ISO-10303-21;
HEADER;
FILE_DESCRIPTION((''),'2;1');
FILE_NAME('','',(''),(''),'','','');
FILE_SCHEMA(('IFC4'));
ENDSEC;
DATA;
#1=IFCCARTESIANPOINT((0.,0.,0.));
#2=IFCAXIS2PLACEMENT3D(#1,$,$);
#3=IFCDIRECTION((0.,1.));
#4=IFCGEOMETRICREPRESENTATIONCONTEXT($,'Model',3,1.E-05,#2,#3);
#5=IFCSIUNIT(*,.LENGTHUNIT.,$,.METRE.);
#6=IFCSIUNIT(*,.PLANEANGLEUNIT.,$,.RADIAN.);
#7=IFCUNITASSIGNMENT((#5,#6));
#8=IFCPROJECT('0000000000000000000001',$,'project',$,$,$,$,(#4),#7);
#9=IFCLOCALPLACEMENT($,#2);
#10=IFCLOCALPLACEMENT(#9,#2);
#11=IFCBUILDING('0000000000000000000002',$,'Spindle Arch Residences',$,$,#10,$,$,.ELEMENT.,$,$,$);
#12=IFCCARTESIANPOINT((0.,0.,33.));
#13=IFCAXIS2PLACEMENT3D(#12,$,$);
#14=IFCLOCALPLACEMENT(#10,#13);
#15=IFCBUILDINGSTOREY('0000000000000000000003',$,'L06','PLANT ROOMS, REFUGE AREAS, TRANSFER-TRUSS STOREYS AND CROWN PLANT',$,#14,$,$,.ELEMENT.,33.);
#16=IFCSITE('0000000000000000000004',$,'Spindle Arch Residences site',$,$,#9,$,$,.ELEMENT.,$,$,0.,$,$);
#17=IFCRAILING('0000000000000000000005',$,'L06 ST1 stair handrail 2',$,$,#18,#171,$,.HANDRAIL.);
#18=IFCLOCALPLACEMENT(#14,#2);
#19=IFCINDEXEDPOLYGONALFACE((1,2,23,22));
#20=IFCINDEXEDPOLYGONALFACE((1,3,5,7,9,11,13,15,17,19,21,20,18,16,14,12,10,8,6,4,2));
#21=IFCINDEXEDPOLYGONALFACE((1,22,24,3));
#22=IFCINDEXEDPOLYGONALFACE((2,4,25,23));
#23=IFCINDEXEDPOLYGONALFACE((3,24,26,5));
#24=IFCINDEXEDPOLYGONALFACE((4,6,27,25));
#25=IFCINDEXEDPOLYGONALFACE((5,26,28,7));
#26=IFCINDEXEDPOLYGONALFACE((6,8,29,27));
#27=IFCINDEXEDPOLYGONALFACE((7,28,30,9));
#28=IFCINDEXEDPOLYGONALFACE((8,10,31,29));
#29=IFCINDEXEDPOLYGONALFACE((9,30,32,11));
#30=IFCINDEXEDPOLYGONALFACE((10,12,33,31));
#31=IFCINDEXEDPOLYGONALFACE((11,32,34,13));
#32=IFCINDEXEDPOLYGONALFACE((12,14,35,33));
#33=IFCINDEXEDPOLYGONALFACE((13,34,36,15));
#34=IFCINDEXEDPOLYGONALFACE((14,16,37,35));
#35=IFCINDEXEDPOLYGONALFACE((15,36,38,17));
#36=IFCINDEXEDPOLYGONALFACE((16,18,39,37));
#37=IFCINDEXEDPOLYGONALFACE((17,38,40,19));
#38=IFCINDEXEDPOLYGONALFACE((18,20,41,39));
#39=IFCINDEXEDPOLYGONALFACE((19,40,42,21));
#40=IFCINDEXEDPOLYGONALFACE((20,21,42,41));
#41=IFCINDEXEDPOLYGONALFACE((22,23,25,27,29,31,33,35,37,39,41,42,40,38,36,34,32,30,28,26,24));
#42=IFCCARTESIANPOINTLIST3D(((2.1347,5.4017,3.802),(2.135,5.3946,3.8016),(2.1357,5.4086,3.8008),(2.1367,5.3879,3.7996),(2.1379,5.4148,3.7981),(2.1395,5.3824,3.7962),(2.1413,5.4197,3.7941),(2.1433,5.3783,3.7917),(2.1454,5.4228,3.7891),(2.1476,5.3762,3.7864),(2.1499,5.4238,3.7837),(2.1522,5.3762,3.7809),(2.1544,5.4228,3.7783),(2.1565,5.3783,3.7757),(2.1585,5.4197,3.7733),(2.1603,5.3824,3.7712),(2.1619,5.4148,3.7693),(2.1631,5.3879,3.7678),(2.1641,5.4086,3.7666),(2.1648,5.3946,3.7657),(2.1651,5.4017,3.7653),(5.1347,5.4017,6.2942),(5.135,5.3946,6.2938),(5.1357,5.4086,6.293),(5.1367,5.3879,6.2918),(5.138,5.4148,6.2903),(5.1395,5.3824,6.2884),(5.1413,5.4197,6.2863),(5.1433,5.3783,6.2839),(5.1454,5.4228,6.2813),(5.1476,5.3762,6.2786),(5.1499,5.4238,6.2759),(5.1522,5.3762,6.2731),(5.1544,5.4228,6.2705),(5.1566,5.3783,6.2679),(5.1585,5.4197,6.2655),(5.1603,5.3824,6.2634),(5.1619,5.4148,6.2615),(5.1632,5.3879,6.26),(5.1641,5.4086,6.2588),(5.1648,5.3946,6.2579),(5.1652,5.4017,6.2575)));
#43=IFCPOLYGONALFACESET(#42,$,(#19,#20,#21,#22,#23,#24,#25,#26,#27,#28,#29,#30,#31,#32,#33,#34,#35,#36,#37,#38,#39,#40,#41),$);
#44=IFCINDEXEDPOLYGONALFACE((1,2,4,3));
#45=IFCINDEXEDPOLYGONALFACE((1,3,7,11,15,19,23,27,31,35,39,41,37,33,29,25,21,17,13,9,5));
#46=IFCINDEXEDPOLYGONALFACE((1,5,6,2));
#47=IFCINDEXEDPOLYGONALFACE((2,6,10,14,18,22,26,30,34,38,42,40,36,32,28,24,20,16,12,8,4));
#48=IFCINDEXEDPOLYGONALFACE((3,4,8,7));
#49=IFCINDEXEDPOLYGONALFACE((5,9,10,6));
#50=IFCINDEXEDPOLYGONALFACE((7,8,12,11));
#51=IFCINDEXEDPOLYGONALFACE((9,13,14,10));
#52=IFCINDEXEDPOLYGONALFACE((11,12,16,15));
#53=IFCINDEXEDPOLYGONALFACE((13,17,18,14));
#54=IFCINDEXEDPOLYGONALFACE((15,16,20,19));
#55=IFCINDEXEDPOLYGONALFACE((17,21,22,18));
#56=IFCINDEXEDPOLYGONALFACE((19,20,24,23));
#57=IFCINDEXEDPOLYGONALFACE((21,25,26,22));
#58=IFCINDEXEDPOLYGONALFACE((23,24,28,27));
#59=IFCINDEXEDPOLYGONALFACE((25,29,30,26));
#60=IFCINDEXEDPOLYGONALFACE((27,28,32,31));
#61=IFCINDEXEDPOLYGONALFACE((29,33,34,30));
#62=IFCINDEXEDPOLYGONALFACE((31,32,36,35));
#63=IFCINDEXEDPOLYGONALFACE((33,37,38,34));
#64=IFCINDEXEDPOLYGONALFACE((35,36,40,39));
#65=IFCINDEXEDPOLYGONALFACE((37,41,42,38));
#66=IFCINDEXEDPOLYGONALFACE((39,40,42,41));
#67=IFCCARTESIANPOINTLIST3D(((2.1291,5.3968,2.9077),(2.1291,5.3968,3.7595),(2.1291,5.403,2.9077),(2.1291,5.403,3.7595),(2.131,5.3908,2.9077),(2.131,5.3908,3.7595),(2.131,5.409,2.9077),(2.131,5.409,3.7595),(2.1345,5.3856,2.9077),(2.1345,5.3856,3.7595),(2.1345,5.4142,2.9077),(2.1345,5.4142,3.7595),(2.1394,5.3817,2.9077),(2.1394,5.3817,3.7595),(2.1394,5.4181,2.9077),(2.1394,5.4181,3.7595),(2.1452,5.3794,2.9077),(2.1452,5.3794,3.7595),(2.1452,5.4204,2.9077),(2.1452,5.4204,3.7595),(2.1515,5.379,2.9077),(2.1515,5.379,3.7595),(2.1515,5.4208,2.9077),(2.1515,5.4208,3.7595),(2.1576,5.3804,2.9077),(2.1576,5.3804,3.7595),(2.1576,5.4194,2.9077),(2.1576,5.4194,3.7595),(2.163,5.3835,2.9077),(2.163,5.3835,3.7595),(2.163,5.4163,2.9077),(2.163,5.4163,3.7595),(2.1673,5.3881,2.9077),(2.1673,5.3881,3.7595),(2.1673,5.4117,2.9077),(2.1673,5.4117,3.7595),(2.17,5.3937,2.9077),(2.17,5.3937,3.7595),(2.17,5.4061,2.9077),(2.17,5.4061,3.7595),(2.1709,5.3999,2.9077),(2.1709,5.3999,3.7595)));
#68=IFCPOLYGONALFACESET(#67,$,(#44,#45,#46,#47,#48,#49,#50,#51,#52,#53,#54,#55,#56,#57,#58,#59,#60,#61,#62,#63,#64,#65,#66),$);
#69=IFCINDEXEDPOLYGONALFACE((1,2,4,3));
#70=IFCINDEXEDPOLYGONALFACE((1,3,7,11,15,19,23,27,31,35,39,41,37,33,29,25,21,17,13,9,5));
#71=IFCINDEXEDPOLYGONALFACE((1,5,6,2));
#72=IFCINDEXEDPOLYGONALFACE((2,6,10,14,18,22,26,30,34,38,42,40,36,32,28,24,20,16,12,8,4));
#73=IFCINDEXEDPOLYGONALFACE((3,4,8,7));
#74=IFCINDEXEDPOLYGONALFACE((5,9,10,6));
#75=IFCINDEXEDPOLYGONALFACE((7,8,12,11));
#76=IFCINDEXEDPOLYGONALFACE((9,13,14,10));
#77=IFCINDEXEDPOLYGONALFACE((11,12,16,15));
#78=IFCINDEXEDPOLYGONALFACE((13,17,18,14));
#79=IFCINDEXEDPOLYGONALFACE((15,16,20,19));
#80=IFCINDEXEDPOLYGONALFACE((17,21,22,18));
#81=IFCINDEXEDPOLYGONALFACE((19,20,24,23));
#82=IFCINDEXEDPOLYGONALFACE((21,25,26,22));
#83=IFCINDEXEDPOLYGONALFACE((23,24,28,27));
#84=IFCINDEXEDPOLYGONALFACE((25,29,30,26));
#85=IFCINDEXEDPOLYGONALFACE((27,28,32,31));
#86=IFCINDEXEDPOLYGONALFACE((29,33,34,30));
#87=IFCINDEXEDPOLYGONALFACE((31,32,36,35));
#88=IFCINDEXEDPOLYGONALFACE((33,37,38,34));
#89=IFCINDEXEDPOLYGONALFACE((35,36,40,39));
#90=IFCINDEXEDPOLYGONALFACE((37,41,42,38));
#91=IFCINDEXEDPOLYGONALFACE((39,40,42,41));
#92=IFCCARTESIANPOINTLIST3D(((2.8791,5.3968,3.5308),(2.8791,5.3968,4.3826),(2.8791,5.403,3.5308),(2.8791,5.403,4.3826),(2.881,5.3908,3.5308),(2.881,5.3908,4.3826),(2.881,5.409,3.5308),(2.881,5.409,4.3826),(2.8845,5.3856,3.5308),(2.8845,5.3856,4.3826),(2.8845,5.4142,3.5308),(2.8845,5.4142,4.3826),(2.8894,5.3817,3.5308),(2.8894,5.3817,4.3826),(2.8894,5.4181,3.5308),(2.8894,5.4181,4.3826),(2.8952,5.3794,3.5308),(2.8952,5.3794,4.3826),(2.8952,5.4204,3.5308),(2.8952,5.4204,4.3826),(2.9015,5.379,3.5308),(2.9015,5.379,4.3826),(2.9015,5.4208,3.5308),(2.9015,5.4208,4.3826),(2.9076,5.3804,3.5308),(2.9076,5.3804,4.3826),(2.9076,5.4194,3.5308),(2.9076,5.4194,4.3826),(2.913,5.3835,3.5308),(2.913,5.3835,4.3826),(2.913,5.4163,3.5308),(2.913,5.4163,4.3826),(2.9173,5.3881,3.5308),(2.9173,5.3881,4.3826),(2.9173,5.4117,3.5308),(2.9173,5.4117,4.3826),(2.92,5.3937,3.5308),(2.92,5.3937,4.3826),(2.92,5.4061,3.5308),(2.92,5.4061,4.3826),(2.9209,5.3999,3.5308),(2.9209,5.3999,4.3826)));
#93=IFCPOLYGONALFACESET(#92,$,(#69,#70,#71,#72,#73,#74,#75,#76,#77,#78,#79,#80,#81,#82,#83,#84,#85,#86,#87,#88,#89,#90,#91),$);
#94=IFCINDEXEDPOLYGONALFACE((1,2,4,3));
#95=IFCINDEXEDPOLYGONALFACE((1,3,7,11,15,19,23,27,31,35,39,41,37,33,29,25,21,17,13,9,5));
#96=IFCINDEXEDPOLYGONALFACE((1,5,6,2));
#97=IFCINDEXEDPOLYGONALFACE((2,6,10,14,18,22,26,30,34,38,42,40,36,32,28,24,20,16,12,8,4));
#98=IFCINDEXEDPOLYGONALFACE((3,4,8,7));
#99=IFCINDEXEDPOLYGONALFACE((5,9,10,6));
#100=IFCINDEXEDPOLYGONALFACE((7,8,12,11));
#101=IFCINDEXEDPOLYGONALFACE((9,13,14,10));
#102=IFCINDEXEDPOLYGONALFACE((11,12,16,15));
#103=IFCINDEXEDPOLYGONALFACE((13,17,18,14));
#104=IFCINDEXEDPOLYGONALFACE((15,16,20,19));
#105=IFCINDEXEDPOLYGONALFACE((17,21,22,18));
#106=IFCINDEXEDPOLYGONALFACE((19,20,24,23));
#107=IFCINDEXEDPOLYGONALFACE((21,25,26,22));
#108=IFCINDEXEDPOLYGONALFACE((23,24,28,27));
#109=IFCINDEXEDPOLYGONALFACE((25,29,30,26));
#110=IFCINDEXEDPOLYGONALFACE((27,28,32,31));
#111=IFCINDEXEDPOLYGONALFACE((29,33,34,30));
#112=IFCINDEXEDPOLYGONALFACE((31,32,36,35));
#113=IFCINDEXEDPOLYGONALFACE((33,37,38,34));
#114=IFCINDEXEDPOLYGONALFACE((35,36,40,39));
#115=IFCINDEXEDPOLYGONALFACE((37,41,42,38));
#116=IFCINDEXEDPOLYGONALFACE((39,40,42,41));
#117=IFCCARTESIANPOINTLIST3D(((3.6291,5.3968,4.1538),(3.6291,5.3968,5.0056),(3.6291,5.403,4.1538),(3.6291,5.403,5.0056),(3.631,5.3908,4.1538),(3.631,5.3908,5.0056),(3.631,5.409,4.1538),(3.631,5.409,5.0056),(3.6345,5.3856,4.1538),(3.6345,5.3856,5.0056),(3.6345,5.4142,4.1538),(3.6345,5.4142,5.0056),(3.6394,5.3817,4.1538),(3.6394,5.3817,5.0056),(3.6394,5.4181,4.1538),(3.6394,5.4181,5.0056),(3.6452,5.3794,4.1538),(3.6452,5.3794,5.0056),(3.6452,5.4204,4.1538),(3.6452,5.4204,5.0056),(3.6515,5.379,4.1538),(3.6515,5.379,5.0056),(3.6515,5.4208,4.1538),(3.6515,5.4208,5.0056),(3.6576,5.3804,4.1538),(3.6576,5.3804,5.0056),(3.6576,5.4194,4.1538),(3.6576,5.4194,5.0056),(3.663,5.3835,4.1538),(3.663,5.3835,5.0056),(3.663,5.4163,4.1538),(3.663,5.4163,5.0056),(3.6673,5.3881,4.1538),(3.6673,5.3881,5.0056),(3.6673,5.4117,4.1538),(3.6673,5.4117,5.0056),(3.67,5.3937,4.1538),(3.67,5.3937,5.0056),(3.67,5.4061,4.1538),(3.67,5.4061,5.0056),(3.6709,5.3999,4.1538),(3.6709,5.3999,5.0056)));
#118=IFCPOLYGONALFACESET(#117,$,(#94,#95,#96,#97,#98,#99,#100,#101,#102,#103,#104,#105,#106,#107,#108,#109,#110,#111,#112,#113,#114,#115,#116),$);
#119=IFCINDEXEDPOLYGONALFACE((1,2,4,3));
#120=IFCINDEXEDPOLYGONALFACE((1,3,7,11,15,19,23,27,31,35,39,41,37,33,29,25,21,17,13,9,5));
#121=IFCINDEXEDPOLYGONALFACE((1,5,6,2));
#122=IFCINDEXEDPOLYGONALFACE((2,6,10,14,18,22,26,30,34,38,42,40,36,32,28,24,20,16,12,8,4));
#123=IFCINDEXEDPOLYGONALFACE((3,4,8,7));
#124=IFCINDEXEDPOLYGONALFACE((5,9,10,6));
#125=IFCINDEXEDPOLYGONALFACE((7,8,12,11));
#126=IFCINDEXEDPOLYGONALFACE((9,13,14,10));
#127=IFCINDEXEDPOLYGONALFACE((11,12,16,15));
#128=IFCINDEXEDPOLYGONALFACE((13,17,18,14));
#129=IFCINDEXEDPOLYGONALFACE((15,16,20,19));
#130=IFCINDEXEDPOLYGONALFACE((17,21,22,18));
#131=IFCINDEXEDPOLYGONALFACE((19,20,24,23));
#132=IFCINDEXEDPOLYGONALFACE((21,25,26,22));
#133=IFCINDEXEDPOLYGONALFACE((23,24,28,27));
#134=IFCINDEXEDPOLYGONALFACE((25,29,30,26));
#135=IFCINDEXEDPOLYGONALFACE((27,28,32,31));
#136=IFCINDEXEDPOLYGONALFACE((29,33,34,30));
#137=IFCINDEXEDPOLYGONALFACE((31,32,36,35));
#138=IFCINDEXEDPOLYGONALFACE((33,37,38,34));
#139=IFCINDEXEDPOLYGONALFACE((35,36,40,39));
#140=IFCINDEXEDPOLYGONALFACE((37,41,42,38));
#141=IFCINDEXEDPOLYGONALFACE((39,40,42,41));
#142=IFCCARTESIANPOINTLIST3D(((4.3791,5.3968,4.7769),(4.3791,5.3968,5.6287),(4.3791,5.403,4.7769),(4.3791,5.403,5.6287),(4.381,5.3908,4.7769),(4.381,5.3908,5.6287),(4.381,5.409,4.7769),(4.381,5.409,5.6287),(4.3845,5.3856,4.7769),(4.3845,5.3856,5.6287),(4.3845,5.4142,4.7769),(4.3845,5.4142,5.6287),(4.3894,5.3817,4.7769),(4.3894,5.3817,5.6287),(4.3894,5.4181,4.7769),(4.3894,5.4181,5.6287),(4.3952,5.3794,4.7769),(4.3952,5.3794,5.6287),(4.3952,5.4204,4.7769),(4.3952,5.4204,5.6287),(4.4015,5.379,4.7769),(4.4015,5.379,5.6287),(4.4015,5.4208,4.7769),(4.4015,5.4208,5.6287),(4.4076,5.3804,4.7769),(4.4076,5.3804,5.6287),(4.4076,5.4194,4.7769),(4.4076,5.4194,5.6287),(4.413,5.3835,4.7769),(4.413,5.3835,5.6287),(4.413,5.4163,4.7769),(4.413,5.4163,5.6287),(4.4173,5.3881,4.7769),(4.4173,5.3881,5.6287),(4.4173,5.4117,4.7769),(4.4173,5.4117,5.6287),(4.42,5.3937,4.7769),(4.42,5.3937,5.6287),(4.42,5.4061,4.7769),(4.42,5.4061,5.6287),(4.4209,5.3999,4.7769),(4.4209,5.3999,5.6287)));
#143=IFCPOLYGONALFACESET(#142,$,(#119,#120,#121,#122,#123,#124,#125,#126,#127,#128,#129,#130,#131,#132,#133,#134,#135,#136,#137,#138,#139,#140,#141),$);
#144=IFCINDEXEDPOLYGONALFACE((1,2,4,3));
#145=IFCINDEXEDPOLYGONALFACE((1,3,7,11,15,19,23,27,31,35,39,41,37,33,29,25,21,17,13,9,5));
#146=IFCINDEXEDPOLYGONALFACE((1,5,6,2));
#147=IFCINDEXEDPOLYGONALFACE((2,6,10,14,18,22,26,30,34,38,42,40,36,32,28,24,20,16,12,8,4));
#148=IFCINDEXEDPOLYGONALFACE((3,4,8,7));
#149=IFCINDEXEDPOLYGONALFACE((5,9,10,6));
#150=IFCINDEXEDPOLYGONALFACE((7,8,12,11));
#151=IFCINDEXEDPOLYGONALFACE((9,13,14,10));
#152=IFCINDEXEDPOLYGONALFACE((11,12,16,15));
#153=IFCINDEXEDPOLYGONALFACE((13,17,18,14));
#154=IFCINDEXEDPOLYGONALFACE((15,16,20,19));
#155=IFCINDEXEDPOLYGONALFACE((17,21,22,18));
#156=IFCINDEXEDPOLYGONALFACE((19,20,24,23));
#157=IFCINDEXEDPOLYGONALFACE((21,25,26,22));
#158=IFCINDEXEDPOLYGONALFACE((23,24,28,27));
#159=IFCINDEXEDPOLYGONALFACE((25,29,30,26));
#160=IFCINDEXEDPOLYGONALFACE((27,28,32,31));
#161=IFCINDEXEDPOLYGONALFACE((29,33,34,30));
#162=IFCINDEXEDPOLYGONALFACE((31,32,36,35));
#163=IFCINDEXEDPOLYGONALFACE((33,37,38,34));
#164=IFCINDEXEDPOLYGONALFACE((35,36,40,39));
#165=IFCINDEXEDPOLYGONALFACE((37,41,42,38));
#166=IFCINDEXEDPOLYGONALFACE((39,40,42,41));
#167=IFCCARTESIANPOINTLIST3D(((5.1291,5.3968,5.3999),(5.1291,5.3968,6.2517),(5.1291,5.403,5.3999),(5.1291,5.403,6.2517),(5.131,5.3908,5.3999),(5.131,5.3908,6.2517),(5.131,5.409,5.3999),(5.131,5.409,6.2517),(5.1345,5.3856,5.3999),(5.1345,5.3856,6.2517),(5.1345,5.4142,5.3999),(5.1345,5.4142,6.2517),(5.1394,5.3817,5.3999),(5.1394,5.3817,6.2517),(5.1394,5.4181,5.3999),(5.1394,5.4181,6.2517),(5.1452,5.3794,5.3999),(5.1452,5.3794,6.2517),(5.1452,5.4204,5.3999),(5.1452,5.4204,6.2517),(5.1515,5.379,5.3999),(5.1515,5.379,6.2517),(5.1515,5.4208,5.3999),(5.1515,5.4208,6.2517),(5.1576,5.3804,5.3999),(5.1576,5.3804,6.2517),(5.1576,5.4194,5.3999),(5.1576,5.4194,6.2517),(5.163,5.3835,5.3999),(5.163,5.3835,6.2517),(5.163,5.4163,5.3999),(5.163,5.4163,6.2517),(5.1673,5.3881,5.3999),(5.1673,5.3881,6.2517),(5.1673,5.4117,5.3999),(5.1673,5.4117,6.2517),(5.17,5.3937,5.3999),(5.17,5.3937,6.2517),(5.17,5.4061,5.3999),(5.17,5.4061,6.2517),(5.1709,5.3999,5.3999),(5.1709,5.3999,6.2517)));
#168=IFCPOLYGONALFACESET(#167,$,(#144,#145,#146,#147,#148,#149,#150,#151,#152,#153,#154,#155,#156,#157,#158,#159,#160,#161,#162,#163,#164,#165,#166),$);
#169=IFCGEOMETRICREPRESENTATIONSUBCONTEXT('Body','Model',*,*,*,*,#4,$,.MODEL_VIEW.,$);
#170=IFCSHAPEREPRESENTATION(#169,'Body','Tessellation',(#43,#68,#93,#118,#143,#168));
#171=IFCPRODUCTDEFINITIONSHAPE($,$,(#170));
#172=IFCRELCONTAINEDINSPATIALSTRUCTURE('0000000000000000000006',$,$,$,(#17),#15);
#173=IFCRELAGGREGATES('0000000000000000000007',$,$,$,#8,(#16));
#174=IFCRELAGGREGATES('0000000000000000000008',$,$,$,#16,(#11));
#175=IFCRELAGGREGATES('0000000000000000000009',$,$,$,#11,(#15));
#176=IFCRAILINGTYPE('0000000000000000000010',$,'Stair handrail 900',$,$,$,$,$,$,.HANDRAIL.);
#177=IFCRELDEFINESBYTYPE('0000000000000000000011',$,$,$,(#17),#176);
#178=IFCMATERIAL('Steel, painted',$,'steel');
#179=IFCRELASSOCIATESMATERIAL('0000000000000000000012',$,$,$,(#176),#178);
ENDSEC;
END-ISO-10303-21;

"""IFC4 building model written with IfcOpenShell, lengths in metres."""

from ifc_helpers import new_model, si_unit, direction, frame, origin, origin_2d, place, context, subcontext, project, spatial, circle, extrude, material, type_object, element, save


model = new_model("IFC4")

# Units and contexts
model_context = context("Model", 3, precision=1e-05, world=origin(), true_north=direction((0.0, 1.0)))
body_context = subcontext(model_context, "Body", "Model", "MODEL_VIEW")
ifc_project = project(units=[si_unit("LENGTHUNIT", "METRE"), si_unit("PLANEANGLEUNIT", "RADIAN")], contexts=[model_context])

# Site, building, storey
site_placement = place(None, origin())
site = spatial("IfcSite", under=ifc_project, at=site_placement, Name="Spindle Arch Residences site", CompositionType="ELEMENT", RefElevation=0.0)
building_placement = place(site_placement, origin())
building = spatial("IfcBuilding", under=site, at=building_placement, Name="Spindle Arch Residences", CompositionType="ELEMENT")
storey_placement = place(building_placement, frame((0.0, 0.0, 33.0)))
storey = spatial("IfcBuildingStorey", under=building, at=storey_placement, Name="L06", Description="PLANT ROOMS, REFUGE AREAS, TRANSFER-TRUSS STOREYS AND CROWN PLANT", CompositionType="ELEMENT", Elevation=33.0)

# Railing
ifc_material_1 = material(Name="Steel, painted", Category="steel")
railing_type_1 = type_object("IfcRailingType", Name="Stair handrail 900", PredefinedType="HANDRAIL", material=ifc_material_1)
railing_1_placement = place(storey_placement, frame((2.1499, 5.3999, 2.9077)))
element("IfcRailing", 1, at=railing_1_placement, inside=storey, type_object=railing_type_1, Name="L06 ST1 stair handrail 2", PredefinedType="HANDRAIL", context=body_context, shape_type="SweptSolid", body=[
    extrude(circle(Radius=0.0239, at=origin_2d()), frame((0.0, 0.0, 0.876), z_axis=(0.769206, 0.0, 0.639001), x_axis=(0.0, 1.0, 0.0)), (0.0, 0.0, 1.0), 3.9001),
    extrude(circle(Radius=0.021, at=origin_2d()), origin(), (0.0, 0.0, 1.0), 0.8518),
    extrude(circle(Radius=0.021, at=origin_2d()), frame((0.75, 0.0, 0.623)), (0.0, 0.0, 1.0), 0.8518),
    extrude(circle(Radius=0.021, at=origin_2d()), frame((1.5, 0.0, 1.2461)), (0.0, 0.0, 1.0), 0.8518),
    extrude(circle(Radius=0.021, at=origin_2d()), frame((2.25, 0.0, 1.8691)), (0.0, 0.0, 1.0), 0.8518),
    extrude(circle(Radius=0.021, at=origin_2d()), frame((3.0, 0.0, 2.4922)), (0.0, 0.0, 1.0), 0.8518),
])

save(model, "model.ifc")
